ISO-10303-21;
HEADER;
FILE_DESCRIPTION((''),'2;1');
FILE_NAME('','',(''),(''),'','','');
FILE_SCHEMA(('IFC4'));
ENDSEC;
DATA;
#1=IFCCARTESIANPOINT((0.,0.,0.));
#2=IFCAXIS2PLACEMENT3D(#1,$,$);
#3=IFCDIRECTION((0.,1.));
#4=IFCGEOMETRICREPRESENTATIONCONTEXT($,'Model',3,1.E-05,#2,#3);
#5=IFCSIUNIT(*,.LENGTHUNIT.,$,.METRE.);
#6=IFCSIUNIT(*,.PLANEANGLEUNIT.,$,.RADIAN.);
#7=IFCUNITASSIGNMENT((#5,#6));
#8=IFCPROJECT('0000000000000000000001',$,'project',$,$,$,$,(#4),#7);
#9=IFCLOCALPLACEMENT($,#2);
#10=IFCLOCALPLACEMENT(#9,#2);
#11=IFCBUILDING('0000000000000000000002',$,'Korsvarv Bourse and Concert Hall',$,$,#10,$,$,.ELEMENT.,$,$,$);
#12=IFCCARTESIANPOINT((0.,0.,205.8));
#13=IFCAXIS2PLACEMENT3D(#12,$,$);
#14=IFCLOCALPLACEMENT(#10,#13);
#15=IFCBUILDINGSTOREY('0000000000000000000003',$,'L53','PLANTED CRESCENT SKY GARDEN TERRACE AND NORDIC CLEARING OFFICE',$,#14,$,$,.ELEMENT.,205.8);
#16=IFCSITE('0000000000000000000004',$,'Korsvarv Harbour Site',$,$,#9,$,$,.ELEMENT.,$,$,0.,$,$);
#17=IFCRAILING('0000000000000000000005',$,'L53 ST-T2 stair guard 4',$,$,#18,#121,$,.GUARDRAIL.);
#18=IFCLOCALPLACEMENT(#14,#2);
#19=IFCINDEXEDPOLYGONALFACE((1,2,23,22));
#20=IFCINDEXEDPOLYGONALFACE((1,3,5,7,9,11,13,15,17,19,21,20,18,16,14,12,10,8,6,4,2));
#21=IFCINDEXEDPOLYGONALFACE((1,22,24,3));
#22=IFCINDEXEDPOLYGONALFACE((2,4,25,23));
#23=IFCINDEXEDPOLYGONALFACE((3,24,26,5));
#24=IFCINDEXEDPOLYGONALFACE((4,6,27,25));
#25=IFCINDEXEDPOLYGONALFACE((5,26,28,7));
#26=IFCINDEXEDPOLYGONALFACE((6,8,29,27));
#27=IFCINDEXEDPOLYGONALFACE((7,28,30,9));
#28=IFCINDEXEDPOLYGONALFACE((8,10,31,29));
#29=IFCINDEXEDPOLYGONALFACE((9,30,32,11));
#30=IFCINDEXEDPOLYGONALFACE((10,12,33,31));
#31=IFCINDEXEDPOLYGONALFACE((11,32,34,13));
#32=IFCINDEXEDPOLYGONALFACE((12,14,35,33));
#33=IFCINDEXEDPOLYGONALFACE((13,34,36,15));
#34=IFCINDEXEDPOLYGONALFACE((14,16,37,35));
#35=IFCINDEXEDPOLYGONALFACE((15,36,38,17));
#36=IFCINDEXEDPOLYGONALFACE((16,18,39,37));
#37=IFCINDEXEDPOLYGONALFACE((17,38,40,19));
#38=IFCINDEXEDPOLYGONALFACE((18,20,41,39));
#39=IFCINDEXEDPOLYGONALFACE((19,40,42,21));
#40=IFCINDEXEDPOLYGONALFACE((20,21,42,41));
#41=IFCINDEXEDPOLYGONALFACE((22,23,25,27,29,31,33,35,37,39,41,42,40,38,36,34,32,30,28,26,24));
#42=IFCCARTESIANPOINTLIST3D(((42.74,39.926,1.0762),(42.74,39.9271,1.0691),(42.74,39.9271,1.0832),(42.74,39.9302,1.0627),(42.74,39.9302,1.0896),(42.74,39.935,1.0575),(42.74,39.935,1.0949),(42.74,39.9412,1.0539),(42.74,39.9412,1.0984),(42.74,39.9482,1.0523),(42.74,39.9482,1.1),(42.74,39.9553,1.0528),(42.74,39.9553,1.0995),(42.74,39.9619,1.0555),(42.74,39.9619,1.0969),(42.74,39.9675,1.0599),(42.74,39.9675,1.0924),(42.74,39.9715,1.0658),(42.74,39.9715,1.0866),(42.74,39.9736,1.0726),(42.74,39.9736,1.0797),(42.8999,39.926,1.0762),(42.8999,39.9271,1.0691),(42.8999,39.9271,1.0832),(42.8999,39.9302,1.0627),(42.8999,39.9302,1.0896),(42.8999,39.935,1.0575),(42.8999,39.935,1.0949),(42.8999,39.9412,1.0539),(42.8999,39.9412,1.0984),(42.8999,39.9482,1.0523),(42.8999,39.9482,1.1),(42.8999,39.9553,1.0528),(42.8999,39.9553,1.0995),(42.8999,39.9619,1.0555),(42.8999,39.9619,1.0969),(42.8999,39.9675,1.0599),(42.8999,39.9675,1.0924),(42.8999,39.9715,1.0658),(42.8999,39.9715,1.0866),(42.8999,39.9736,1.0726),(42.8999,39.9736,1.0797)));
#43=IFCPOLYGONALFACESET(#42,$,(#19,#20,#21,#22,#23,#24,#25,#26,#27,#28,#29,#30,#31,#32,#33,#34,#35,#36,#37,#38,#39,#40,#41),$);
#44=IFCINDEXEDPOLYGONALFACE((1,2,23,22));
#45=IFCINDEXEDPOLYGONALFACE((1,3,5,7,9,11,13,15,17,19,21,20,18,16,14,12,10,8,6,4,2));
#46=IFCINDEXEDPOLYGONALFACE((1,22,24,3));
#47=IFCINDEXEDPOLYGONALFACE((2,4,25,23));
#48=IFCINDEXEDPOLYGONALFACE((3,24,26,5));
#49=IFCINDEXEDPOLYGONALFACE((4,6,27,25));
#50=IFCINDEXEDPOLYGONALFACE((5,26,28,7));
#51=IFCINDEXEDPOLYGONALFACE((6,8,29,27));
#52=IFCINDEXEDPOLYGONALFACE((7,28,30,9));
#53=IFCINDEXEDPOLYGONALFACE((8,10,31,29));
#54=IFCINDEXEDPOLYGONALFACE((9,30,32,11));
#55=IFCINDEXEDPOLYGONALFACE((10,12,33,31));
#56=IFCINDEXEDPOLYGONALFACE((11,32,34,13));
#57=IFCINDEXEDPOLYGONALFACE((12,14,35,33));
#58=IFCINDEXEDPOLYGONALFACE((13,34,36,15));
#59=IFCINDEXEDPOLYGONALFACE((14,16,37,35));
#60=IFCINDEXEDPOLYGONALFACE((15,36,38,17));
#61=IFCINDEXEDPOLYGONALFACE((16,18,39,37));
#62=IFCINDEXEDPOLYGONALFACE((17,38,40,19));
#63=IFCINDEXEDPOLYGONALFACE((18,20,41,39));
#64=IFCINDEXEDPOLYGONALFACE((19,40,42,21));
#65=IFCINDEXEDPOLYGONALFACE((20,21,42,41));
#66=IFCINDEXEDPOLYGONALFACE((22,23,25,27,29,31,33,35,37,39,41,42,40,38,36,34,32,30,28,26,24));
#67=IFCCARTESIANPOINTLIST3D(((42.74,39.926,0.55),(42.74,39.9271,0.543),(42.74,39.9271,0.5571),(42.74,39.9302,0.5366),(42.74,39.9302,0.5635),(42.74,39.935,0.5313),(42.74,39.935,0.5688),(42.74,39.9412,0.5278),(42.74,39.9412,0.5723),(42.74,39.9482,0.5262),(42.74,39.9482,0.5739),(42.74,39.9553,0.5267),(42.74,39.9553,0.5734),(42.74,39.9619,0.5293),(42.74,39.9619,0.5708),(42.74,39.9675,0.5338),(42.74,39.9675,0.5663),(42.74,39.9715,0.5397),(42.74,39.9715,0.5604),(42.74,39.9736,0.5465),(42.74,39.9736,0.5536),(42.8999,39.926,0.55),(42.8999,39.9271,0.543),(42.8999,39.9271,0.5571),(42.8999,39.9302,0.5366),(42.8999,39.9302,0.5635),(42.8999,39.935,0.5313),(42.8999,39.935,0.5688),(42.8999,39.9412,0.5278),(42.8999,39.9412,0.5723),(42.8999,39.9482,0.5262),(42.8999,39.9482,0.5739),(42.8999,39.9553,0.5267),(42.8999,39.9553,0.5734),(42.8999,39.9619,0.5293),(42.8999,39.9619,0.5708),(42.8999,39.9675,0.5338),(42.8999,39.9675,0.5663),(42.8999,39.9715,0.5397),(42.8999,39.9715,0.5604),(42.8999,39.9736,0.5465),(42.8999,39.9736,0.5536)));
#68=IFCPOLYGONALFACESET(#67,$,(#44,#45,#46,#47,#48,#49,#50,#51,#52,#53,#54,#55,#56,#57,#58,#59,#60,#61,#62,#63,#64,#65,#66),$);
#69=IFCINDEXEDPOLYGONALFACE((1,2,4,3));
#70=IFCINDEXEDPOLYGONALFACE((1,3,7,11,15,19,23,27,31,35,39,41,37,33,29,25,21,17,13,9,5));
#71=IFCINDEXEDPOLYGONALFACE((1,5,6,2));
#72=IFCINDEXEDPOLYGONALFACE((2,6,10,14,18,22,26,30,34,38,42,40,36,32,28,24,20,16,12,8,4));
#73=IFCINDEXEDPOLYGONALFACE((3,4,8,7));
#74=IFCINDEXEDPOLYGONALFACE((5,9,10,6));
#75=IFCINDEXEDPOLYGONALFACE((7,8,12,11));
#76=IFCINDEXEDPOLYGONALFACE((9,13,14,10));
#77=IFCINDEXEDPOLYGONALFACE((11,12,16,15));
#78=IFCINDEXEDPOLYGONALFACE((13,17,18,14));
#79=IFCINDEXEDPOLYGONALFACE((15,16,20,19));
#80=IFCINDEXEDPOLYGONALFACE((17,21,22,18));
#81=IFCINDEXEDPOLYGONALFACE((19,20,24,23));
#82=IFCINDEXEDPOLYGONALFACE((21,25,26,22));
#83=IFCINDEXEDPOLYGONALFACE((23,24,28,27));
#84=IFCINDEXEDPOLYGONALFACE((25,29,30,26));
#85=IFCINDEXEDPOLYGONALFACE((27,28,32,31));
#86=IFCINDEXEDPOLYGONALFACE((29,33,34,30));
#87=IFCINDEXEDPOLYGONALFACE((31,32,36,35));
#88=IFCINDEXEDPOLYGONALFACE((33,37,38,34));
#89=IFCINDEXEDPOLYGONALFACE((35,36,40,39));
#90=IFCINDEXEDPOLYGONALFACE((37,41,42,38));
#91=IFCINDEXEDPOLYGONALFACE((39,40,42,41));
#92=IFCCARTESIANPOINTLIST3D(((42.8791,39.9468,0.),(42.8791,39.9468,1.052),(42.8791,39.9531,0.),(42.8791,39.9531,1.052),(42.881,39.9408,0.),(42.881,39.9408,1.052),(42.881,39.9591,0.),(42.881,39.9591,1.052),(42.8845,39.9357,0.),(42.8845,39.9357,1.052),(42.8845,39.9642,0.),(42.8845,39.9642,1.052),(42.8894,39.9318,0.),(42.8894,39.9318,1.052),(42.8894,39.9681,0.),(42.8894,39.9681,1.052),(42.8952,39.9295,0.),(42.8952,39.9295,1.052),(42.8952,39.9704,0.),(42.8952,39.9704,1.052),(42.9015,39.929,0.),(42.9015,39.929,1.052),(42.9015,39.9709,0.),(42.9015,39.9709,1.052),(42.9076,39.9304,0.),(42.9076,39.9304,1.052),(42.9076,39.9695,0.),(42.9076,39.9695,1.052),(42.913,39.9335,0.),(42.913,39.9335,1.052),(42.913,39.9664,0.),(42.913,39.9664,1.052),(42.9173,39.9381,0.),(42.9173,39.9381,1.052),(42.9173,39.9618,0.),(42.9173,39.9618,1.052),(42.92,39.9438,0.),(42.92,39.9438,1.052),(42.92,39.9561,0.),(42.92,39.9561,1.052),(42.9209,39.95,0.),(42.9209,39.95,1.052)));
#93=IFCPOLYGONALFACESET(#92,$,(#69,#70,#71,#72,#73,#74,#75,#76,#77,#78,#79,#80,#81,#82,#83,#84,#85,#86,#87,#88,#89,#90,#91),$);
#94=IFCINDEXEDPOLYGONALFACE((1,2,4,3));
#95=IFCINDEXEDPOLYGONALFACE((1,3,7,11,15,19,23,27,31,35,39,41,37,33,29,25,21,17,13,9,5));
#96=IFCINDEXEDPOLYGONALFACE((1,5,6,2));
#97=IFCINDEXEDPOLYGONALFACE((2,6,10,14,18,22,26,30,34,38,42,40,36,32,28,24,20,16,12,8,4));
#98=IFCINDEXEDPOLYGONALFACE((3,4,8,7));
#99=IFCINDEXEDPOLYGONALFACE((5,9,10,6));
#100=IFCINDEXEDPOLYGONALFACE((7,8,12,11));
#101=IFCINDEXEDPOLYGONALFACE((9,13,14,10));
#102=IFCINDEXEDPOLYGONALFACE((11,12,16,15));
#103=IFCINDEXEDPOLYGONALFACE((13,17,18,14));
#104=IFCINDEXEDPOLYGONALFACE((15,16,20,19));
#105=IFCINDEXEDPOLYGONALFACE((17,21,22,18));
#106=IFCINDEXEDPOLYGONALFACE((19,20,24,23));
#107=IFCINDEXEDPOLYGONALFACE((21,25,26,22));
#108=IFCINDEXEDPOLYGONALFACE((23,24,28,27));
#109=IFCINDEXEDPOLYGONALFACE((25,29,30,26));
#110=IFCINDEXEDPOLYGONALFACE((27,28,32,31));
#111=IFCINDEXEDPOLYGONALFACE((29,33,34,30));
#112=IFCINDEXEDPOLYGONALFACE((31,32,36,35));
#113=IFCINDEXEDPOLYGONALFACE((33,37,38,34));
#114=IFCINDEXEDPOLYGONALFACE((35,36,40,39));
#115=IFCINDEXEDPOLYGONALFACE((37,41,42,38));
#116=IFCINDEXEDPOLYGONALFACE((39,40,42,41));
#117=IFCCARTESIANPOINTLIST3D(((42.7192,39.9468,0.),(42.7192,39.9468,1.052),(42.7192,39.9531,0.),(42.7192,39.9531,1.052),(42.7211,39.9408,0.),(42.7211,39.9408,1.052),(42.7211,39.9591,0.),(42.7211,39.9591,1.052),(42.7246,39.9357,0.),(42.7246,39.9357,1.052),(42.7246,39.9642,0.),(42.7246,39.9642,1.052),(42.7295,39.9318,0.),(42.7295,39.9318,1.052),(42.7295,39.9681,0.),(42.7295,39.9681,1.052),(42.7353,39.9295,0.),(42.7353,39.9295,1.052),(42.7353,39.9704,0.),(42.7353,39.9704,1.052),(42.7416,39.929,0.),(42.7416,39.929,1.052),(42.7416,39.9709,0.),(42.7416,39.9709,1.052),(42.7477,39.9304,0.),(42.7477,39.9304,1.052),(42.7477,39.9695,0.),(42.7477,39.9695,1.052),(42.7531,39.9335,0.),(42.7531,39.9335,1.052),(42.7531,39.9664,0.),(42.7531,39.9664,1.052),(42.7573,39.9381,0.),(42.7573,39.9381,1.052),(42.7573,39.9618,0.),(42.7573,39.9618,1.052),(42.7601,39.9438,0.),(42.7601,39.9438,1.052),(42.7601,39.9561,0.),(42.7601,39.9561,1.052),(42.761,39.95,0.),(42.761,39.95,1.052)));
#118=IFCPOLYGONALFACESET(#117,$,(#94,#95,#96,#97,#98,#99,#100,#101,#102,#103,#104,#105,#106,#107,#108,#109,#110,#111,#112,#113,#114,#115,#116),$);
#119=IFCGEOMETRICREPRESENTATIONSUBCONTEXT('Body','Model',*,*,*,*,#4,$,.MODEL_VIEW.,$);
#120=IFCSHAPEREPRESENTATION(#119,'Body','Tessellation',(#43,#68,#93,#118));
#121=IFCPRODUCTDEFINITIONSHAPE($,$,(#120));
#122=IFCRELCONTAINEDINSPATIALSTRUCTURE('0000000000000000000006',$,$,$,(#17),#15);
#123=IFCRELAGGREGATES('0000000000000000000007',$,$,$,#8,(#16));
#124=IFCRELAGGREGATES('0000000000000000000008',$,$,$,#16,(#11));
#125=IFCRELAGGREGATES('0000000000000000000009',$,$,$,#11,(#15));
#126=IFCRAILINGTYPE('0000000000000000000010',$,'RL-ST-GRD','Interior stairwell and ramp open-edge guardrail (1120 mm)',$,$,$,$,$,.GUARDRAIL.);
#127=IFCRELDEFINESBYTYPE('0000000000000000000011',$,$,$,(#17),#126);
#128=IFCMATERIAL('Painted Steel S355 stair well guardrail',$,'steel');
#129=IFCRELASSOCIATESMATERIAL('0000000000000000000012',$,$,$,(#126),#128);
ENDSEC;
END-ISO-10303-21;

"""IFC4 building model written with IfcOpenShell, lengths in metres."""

from ifc_helpers import new_model, si_unit, direction, frame, origin, origin_2d, place, context, subcontext, project, spatial, circle, extrude, material, type_object, element, save


model = new_model("IFC4")

# Units and contexts
model_context = context("Model", 3, precision=1e-05, world=origin(), true_north=direction((0.0, 1.0)))
body_context = subcontext(model_context, "Body", "Model", "MODEL_VIEW")
ifc_project = project(units=[si_unit("LENGTHUNIT", "METRE"), si_unit("PLANEANGLEUNIT", "RADIAN")], contexts=[model_context])

# Site, building, storey
site_placement = place(None, origin())
site = spatial("IfcSite", under=ifc_project, at=site_placement, Name="Korsvarv Harbour Site", CompositionType="ELEMENT", RefElevation=0.0)
building_placement = place(site_placement, origin())
building = spatial("IfcBuilding", under=site, at=building_placement, Name="Korsvarv Bourse and Concert Hall", CompositionType="ELEMENT")
storey_placement = place(building_placement, frame((0.0, 0.0, 205.8)))
storey = spatial("IfcBuildingStorey", under=building, at=storey_placement, Name="L53", Description="PLANTED CRESCENT SKY GARDEN TERRACE AND NORDIC CLEARING OFFICE", CompositionType="ELEMENT", Elevation=205.8)

# Railing
ifc_material_1 = material(Name="Painted Steel S355 stair well guardrail", Category="steel")
railing_type_1 = type_object("IfcRailingType", Name="RL-ST-GRD", Description="Interior stairwell and ramp open-edge guardrail (1120 mm)", PredefinedType="GUARDRAIL", material=ifc_material_1)
railing_1_placement = place(storey_placement, frame((42.8999, 39.95, 0.0)))
element("IfcRailing", 1, at=railing_1_placement, inside=storey, type_object=railing_type_1, Name="L53 ST-T2 stair guard 4", PredefinedType="GUARDRAIL", context=body_context, shape_type="SweptSolid", body=[
    extrude(circle(Radius=0.0239, at=origin_2d()), frame((0.0, 0.0, 1.0762), z_axis=(-1.0, 0.0, 0.0), x_axis=(0.0, -1.0, 0.0)), (0.0, 0.0, 1.0), 0.1599),
    extrude(circle(Radius=0.0239, at=origin_2d()), frame((0.0, 0.0, 0.55), z_axis=(-1.0, 0.0, 0.0), x_axis=(0.0, -1.0, 0.0)), (0.0, 0.0, 1.0), 0.1599),
    extrude(circle(Radius=0.021, at=origin_2d()), origin(), (0.0, 0.0, 1.0), 1.052),
    extrude(circle(Radius=0.021, at=origin_2d()), frame((-0.1599, 0.0, 0.0)), (0.0, 0.0, 1.0), 1.052),
])

save(model, "model.ifc")
